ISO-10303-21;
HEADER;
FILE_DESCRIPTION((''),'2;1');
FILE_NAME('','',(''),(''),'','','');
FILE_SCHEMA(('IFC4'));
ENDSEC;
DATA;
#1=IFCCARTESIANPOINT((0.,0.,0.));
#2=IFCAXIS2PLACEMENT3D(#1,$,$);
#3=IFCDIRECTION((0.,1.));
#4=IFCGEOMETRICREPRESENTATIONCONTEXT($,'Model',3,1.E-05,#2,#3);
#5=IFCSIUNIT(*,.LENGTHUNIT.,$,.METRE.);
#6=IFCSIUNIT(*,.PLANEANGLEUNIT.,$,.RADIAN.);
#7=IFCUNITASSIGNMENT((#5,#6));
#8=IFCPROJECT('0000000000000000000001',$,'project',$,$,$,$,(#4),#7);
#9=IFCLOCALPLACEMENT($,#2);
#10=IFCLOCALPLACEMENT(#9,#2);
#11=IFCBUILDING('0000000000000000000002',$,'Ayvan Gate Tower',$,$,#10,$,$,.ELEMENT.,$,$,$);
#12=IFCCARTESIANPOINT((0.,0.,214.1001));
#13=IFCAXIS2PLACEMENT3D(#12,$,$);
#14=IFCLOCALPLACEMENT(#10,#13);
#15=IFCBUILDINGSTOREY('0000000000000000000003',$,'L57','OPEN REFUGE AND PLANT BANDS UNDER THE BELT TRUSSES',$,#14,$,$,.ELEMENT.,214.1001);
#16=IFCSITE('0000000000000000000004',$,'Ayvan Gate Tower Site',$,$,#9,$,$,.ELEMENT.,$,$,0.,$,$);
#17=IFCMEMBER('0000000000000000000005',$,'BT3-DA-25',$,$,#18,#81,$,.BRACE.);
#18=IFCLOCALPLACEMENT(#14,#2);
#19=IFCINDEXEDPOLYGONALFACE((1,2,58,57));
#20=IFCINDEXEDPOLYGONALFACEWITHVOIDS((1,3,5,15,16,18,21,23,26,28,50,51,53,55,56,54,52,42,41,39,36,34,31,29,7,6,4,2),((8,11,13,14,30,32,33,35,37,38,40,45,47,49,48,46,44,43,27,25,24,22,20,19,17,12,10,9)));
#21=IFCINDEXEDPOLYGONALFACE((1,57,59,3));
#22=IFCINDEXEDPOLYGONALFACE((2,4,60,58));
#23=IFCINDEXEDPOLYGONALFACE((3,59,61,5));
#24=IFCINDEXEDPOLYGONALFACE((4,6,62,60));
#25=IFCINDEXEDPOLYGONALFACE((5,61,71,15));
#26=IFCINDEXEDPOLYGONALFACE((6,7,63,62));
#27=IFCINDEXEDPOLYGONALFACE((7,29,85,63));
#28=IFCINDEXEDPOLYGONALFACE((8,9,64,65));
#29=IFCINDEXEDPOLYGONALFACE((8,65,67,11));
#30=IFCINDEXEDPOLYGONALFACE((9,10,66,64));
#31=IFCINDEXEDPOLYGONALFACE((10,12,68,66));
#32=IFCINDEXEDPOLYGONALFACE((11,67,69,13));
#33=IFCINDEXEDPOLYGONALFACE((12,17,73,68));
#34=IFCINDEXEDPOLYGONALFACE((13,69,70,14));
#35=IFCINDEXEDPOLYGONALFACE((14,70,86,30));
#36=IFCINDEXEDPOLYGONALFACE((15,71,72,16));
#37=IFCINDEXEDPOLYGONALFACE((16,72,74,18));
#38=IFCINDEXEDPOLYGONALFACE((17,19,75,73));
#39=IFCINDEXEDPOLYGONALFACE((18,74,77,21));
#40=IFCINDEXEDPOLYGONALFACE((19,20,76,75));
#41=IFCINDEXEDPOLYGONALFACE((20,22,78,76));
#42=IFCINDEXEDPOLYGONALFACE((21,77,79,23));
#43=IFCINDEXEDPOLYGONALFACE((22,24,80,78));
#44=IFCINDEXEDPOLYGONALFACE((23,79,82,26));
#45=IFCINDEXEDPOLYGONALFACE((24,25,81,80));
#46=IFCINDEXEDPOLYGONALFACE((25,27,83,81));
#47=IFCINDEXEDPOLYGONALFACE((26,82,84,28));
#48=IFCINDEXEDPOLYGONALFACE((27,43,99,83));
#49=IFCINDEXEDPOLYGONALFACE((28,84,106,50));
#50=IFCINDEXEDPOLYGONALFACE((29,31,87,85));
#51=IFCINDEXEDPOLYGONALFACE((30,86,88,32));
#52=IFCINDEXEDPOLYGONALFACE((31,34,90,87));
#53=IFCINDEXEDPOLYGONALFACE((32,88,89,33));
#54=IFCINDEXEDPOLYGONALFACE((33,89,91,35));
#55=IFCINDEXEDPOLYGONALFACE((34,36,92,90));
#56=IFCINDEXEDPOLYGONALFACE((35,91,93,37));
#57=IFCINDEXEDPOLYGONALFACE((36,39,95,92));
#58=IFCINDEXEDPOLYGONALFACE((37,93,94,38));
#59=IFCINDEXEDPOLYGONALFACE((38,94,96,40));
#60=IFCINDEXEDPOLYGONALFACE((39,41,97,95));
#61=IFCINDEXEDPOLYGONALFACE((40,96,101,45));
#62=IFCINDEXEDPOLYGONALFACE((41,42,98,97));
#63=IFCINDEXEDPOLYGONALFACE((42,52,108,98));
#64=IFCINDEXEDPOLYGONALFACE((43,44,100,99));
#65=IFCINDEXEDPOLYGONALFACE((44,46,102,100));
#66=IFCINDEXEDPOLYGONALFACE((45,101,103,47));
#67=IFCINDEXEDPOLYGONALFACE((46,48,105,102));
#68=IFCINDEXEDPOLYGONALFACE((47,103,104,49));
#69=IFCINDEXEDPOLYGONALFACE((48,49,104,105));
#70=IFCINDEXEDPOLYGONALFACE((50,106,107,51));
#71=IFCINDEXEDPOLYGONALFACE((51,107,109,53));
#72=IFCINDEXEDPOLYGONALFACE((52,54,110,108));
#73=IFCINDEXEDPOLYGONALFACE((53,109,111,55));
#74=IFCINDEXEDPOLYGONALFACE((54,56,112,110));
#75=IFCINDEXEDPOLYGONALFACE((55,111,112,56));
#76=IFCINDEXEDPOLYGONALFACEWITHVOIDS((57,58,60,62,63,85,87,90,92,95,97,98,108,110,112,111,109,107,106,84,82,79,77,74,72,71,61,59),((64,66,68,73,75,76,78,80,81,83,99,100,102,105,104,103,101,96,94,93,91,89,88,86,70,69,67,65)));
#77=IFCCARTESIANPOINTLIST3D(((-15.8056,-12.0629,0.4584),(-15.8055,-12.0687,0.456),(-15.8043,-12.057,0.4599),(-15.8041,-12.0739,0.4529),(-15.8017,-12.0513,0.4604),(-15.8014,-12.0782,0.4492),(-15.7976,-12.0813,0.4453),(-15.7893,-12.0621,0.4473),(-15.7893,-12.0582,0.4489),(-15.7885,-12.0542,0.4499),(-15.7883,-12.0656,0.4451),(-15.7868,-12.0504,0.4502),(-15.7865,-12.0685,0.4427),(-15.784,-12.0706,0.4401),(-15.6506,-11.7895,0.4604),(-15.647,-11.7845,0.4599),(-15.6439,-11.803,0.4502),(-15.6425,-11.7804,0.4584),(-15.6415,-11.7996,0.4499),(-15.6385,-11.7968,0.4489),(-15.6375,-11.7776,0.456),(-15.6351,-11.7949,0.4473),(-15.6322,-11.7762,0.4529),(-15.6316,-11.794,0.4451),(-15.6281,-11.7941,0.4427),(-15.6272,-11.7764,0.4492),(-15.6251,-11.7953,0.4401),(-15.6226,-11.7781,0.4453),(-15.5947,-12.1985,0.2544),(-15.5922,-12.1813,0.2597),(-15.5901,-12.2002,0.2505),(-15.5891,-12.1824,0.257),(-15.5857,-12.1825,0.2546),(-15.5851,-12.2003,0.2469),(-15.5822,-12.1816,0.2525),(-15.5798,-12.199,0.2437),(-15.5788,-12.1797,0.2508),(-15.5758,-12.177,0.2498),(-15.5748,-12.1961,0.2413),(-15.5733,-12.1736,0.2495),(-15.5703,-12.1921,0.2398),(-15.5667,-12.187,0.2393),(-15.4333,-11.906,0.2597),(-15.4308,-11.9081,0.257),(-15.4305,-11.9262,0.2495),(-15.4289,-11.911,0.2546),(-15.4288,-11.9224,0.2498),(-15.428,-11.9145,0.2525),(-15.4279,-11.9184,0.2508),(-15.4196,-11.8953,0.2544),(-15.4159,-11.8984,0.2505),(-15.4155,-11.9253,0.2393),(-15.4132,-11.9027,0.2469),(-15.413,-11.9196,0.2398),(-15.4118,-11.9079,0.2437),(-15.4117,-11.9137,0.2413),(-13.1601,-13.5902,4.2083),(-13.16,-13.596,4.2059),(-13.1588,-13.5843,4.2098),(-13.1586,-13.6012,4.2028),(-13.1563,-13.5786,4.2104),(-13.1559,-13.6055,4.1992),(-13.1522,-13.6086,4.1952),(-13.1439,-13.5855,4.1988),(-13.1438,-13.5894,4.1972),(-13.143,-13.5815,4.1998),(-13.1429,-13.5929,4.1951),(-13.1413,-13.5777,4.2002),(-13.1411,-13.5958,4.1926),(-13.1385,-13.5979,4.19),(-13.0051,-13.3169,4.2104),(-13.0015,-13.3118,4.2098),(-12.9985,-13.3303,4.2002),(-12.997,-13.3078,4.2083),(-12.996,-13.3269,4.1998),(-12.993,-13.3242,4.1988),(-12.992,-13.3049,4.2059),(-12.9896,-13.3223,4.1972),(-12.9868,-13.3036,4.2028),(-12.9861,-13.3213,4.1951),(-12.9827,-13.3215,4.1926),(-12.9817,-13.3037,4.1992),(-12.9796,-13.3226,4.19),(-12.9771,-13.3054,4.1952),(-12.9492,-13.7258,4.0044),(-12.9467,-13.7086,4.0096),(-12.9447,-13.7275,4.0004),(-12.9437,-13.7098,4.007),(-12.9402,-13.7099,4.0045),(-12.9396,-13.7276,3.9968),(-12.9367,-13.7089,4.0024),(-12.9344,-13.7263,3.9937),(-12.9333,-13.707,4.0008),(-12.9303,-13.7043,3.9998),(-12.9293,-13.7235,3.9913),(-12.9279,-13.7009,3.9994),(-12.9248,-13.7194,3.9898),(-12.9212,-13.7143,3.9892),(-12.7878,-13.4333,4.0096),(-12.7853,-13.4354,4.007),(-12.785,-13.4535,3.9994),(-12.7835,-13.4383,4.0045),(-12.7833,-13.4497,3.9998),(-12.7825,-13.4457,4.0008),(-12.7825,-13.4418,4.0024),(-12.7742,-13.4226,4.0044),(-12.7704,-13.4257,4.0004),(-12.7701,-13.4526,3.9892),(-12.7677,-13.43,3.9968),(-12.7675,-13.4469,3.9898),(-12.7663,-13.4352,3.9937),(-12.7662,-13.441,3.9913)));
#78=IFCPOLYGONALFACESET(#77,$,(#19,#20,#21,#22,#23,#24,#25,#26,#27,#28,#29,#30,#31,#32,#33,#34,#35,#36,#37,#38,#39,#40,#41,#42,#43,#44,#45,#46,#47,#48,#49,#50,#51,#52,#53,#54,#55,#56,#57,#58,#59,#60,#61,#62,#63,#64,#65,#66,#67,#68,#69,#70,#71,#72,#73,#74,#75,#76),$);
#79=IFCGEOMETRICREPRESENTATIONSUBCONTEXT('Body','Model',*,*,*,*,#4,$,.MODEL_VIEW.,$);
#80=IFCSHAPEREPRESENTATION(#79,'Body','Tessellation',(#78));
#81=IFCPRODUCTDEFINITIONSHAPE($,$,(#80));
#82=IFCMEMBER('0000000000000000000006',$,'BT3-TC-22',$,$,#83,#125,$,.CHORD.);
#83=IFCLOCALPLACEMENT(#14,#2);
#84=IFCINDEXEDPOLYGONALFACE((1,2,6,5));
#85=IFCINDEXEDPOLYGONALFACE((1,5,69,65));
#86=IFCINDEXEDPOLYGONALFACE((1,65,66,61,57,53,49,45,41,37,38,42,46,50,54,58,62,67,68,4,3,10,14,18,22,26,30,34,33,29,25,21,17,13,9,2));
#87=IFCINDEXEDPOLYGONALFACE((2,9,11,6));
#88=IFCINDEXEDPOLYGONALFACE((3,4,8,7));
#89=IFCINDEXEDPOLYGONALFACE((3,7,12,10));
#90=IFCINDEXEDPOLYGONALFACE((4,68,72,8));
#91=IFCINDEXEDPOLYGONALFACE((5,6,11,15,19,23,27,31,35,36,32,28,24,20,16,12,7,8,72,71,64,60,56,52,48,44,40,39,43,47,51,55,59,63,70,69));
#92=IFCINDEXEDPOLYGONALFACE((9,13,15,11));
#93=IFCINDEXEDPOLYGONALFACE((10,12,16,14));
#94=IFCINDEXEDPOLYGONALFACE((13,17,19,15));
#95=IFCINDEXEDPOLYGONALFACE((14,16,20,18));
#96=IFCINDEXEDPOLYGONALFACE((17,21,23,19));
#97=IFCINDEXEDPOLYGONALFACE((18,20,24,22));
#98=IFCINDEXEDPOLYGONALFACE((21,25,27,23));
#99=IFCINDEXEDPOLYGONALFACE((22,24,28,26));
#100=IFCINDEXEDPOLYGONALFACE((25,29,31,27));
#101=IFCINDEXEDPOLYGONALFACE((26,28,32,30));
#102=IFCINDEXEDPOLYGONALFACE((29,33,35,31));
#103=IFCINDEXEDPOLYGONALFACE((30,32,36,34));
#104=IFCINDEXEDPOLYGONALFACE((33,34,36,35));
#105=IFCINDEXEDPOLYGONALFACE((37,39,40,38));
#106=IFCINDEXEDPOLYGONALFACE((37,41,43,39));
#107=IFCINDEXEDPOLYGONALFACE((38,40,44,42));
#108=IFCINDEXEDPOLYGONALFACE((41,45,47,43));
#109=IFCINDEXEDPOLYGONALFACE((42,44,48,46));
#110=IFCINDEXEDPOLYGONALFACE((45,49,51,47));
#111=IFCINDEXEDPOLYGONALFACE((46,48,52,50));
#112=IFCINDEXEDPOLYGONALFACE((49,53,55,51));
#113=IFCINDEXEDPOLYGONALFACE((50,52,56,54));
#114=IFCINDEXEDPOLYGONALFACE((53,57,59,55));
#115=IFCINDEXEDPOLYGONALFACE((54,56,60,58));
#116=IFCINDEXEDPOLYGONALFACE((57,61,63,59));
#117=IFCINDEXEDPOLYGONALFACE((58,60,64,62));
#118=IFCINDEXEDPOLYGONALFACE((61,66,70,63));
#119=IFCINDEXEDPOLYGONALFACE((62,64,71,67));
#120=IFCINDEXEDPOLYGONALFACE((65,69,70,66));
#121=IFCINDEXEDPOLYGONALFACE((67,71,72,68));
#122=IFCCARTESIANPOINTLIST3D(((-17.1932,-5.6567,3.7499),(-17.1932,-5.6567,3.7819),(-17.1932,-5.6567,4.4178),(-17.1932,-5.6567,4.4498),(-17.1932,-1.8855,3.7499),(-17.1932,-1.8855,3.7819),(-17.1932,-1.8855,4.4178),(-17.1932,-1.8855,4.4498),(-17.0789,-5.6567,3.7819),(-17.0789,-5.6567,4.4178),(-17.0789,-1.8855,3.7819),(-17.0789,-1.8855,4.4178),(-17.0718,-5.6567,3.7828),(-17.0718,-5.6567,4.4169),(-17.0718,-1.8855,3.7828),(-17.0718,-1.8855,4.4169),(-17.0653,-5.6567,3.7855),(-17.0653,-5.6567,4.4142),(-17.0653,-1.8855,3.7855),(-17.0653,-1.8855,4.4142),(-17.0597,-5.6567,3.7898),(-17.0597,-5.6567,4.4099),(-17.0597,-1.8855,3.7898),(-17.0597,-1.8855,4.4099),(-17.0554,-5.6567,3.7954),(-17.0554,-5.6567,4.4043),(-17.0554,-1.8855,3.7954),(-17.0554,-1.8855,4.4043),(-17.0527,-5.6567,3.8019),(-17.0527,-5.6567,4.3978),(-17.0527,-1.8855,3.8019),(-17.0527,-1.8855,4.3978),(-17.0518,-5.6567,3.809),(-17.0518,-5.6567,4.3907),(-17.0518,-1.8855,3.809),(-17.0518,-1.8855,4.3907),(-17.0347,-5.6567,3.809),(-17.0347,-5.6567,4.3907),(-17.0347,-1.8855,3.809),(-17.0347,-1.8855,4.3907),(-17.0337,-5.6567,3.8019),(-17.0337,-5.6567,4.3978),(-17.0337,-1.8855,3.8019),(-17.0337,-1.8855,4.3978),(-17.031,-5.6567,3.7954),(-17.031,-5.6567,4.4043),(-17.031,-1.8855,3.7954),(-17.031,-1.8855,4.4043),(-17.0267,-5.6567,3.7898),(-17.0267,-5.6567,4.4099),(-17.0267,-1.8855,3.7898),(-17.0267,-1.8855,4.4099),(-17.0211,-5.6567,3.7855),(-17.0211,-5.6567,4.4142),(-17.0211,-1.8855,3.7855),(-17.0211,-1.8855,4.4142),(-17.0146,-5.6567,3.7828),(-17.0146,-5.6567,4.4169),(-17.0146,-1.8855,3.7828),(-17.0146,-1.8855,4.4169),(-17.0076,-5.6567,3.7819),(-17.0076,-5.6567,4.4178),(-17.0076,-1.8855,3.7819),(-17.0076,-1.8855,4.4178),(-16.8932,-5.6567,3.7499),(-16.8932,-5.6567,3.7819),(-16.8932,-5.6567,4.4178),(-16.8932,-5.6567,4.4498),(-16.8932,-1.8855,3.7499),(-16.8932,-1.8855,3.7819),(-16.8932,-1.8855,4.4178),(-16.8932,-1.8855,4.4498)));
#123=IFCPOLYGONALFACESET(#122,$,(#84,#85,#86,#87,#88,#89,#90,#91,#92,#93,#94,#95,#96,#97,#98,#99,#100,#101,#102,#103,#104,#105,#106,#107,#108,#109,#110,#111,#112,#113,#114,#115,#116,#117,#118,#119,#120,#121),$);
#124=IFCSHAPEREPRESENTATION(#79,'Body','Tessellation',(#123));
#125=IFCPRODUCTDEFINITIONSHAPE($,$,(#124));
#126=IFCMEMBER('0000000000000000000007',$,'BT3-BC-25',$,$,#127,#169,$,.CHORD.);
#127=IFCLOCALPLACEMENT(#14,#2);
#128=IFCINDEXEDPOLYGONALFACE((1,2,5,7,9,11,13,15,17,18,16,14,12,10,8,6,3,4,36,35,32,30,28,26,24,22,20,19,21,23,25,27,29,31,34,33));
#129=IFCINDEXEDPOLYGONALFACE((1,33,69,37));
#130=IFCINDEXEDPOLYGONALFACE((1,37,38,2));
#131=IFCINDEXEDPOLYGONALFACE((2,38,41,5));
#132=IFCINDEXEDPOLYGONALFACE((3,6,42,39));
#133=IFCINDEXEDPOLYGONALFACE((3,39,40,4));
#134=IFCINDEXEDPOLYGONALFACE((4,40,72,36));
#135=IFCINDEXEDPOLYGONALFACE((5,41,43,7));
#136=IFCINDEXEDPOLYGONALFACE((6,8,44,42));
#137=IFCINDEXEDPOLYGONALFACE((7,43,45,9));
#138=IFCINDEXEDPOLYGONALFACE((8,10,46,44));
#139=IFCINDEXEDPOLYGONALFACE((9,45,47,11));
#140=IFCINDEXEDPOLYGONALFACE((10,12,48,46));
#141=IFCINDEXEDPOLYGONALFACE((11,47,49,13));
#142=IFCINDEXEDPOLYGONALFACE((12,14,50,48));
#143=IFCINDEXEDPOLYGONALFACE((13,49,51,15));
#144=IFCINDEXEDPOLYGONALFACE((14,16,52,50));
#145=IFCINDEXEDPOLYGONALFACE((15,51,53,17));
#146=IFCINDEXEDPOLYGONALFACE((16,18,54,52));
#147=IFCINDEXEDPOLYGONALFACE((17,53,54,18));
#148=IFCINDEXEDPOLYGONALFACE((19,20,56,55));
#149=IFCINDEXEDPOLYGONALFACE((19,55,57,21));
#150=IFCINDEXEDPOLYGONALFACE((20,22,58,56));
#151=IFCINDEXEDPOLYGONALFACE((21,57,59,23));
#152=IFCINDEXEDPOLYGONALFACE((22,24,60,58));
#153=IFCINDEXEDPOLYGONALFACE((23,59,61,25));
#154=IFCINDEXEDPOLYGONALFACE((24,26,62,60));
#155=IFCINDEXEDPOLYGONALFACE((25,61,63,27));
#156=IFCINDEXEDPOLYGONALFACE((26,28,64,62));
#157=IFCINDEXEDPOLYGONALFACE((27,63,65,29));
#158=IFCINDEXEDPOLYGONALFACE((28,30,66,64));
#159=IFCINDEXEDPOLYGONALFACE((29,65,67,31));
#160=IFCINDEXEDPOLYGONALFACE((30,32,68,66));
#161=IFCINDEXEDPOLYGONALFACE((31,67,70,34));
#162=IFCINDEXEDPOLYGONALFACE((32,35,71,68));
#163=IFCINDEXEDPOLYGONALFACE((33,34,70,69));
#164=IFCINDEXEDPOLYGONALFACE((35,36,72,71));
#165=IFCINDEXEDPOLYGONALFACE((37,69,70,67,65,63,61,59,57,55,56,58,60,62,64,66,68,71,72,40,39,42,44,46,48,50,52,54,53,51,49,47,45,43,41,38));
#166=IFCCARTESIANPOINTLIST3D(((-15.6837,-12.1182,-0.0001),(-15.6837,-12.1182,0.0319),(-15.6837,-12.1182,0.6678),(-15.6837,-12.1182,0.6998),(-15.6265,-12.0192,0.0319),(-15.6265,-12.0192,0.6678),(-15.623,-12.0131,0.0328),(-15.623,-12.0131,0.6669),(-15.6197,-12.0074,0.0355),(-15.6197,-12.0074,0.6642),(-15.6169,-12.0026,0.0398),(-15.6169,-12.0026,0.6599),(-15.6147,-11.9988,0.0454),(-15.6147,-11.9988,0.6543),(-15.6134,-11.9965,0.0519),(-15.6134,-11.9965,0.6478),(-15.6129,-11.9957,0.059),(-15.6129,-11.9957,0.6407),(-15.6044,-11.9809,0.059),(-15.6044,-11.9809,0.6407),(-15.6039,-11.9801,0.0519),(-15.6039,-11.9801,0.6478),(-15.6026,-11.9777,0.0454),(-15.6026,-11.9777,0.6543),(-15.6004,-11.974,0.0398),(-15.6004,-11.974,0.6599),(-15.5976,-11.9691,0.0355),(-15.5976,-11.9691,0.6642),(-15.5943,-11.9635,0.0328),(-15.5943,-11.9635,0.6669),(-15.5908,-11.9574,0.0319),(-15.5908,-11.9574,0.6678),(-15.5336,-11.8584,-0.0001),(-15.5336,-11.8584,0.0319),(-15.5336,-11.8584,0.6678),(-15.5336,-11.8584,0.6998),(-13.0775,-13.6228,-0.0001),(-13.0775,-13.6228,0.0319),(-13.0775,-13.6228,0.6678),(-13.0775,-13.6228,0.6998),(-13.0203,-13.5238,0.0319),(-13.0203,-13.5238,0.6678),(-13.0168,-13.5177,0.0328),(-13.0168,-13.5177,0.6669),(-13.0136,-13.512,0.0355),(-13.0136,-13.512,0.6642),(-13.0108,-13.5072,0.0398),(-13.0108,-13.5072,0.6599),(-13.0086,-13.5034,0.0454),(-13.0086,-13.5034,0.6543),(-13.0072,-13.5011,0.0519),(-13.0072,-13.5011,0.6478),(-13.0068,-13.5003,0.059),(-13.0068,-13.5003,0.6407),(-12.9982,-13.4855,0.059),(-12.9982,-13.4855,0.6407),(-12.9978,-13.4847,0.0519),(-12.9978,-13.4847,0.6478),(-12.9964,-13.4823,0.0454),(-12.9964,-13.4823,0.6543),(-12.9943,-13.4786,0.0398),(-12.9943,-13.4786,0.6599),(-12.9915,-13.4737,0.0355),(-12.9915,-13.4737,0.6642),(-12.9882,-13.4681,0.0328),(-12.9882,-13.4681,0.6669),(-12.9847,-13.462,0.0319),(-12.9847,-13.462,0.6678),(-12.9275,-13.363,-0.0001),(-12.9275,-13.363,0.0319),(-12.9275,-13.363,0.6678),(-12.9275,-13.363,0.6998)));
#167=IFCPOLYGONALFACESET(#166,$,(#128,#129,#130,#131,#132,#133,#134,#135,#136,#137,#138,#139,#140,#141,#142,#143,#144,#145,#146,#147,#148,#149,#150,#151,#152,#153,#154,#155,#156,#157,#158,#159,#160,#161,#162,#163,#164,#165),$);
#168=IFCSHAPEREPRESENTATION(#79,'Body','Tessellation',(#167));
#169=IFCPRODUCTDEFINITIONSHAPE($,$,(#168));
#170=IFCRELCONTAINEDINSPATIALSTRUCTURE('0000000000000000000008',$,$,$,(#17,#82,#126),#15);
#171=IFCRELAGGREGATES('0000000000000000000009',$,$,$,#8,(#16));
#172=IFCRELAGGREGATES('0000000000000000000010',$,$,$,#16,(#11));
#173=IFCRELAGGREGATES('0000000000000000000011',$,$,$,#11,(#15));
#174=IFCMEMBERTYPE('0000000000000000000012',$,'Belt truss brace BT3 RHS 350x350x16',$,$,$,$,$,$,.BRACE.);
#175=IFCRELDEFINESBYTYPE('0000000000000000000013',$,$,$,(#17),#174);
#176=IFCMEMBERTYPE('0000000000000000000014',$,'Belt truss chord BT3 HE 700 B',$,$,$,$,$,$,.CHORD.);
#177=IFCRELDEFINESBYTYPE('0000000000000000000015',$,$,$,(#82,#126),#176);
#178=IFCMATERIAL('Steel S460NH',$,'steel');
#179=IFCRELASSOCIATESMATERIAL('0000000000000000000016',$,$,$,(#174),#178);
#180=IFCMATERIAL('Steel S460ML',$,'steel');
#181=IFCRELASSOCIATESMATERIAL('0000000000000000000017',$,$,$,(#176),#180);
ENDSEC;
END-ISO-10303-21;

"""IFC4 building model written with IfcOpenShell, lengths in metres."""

from ifc_helpers import new_model, si_unit, direction, frame, origin, origin_2d, place, context, subcontext, project, spatial, hollow_rectangle, i_section, extrude, material, material_profile, profile_set, type_object, element, save


model = new_model("IFC4")

# Units and contexts
model_context = context("Model", 3, precision=1e-05, world=origin(), true_north=direction((0.0, 1.0)))
body_context = subcontext(model_context, "Body", "Model", "MODEL_VIEW")
ifc_project = project(units=[si_unit("LENGTHUNIT", "METRE"), si_unit("PLANEANGLEUNIT", "RADIAN")], contexts=[model_context])

# Site, building, storey
site_placement = place(None, origin())
site = spatial("IfcSite", under=ifc_project, at=site_placement, Name="Ayvan Gate Tower Site", CompositionType="ELEMENT", RefElevation=0.0)
building_placement = place(site_placement, origin())
building = spatial("IfcBuilding", under=site, at=building_placement, Name="Ayvan Gate Tower", CompositionType="ELEMENT")
storey_placement = place(building_placement, frame((0.0, 0.0, 214.1001)))
storey = spatial("IfcBuildingStorey", under=building, at=storey_placement, Name="L57", Description="OPEN REFUGE AND PLANT BANDS UNDER THE BELT TRUSSES", CompositionType="ELEMENT", Elevation=214.1001)

# Members
ifc_material_1 = material(Name="Steel S460NH", Category="steel")
ifc_material_profile_1 = material_profile(ifc_material_1, hollow_rectangle(XDim=0.3501, YDim=0.3501, WallThickness=0.0161, InnerFilletRadius=0.0161, OuterFilletRadius=0.0239, at=origin_2d()), Name="RHS 350x350x16")
ifc_profile_set_1 = profile_set([ifc_material_profile_1], Name="Steel S460NH")
member_type_1 = type_object("IfcMemberType", Name="Belt truss brace BT3 RHS 350x350x16", PredefinedType="BRACE", material=ifc_profile_set_1)
member_1_placement = place(storey_placement, frame((-15.6086, -11.9883, 0.3499), z_axis=(0.546962, -0.31578, 0.775317), x_axis=(0.49999, 0.866031, 0.0)))
element("IfcMember", 1, at=member_1_placement, inside=storey, type_object=member_type_1, Name="BT3-DA-25", PredefinedType="BRACE", context=body_context, shape_type="SweptSolid", body=[
    extrude(hollow_rectangle(XDim=0.3501, YDim=0.3501, WallThickness=0.0161, InnerFilletRadius=0.0161, OuterFilletRadius=0.0239, at=origin_2d()), origin(), (0.0, 0.0, 1.0), 4.8367),
])
ifc_material_2 = material(Name="Steel S460ML", Category="steel")
ifc_material_profile_2 = material_profile(ifc_material_2, i_section(OverallWidth=0.3, OverallDepth=0.7, WebThickness=0.0171, FlangeThickness=0.032, FilletRadius=0.0271, at=origin_2d()), Name="HE 700 B")
ifc_profile_set_2 = profile_set([ifc_material_profile_2], Name="Steel S460ML")
member_type_2 = type_object("IfcMemberType", Name="Belt truss chord BT3 HE 700 B", PredefinedType="CHORD", material=ifc_profile_set_2)
member_2_placement = place(storey_placement, frame((-17.0432, -1.8855, 4.0999), z_axis=(0.0, -1.0, 0.0), x_axis=(1.0, 0.0, 0.0)))
element("IfcMember", 2, at=member_2_placement, inside=storey, type_object=member_type_2, Name="BT3-TC-22", PredefinedType="CHORD", context=body_context, shape_type="SweptSolid", body=[
    extrude(i_section(OverallWidth=0.3, OverallDepth=0.7, WebThickness=0.0171, FlangeThickness=0.032, FilletRadius=0.0271, at=origin_2d()), origin(), (0.0, 0.0, 1.0), 3.7712),
])
member_3_placement = place(storey_placement, frame((-15.6086, -11.9883, 0.3499), z_axis=(0.866033, -0.499987, 0.0), x_axis=(0.499987, 0.866033, 0.0)))
element("IfcMember", 3, at=member_3_placement, inside=storey, type_object=member_type_2, Name="BT3-BC-25", PredefinedType="CHORD", context=body_context, shape_type="SweptSolid", body=[
    extrude(i_section(OverallWidth=0.3, OverallDepth=0.7, WebThickness=0.0171, FlangeThickness=0.032, FilletRadius=0.0271, at=origin_2d()), origin(), (0.0, 0.0, 1.0), 3.0093),
])

save(model, "model.ifc")
